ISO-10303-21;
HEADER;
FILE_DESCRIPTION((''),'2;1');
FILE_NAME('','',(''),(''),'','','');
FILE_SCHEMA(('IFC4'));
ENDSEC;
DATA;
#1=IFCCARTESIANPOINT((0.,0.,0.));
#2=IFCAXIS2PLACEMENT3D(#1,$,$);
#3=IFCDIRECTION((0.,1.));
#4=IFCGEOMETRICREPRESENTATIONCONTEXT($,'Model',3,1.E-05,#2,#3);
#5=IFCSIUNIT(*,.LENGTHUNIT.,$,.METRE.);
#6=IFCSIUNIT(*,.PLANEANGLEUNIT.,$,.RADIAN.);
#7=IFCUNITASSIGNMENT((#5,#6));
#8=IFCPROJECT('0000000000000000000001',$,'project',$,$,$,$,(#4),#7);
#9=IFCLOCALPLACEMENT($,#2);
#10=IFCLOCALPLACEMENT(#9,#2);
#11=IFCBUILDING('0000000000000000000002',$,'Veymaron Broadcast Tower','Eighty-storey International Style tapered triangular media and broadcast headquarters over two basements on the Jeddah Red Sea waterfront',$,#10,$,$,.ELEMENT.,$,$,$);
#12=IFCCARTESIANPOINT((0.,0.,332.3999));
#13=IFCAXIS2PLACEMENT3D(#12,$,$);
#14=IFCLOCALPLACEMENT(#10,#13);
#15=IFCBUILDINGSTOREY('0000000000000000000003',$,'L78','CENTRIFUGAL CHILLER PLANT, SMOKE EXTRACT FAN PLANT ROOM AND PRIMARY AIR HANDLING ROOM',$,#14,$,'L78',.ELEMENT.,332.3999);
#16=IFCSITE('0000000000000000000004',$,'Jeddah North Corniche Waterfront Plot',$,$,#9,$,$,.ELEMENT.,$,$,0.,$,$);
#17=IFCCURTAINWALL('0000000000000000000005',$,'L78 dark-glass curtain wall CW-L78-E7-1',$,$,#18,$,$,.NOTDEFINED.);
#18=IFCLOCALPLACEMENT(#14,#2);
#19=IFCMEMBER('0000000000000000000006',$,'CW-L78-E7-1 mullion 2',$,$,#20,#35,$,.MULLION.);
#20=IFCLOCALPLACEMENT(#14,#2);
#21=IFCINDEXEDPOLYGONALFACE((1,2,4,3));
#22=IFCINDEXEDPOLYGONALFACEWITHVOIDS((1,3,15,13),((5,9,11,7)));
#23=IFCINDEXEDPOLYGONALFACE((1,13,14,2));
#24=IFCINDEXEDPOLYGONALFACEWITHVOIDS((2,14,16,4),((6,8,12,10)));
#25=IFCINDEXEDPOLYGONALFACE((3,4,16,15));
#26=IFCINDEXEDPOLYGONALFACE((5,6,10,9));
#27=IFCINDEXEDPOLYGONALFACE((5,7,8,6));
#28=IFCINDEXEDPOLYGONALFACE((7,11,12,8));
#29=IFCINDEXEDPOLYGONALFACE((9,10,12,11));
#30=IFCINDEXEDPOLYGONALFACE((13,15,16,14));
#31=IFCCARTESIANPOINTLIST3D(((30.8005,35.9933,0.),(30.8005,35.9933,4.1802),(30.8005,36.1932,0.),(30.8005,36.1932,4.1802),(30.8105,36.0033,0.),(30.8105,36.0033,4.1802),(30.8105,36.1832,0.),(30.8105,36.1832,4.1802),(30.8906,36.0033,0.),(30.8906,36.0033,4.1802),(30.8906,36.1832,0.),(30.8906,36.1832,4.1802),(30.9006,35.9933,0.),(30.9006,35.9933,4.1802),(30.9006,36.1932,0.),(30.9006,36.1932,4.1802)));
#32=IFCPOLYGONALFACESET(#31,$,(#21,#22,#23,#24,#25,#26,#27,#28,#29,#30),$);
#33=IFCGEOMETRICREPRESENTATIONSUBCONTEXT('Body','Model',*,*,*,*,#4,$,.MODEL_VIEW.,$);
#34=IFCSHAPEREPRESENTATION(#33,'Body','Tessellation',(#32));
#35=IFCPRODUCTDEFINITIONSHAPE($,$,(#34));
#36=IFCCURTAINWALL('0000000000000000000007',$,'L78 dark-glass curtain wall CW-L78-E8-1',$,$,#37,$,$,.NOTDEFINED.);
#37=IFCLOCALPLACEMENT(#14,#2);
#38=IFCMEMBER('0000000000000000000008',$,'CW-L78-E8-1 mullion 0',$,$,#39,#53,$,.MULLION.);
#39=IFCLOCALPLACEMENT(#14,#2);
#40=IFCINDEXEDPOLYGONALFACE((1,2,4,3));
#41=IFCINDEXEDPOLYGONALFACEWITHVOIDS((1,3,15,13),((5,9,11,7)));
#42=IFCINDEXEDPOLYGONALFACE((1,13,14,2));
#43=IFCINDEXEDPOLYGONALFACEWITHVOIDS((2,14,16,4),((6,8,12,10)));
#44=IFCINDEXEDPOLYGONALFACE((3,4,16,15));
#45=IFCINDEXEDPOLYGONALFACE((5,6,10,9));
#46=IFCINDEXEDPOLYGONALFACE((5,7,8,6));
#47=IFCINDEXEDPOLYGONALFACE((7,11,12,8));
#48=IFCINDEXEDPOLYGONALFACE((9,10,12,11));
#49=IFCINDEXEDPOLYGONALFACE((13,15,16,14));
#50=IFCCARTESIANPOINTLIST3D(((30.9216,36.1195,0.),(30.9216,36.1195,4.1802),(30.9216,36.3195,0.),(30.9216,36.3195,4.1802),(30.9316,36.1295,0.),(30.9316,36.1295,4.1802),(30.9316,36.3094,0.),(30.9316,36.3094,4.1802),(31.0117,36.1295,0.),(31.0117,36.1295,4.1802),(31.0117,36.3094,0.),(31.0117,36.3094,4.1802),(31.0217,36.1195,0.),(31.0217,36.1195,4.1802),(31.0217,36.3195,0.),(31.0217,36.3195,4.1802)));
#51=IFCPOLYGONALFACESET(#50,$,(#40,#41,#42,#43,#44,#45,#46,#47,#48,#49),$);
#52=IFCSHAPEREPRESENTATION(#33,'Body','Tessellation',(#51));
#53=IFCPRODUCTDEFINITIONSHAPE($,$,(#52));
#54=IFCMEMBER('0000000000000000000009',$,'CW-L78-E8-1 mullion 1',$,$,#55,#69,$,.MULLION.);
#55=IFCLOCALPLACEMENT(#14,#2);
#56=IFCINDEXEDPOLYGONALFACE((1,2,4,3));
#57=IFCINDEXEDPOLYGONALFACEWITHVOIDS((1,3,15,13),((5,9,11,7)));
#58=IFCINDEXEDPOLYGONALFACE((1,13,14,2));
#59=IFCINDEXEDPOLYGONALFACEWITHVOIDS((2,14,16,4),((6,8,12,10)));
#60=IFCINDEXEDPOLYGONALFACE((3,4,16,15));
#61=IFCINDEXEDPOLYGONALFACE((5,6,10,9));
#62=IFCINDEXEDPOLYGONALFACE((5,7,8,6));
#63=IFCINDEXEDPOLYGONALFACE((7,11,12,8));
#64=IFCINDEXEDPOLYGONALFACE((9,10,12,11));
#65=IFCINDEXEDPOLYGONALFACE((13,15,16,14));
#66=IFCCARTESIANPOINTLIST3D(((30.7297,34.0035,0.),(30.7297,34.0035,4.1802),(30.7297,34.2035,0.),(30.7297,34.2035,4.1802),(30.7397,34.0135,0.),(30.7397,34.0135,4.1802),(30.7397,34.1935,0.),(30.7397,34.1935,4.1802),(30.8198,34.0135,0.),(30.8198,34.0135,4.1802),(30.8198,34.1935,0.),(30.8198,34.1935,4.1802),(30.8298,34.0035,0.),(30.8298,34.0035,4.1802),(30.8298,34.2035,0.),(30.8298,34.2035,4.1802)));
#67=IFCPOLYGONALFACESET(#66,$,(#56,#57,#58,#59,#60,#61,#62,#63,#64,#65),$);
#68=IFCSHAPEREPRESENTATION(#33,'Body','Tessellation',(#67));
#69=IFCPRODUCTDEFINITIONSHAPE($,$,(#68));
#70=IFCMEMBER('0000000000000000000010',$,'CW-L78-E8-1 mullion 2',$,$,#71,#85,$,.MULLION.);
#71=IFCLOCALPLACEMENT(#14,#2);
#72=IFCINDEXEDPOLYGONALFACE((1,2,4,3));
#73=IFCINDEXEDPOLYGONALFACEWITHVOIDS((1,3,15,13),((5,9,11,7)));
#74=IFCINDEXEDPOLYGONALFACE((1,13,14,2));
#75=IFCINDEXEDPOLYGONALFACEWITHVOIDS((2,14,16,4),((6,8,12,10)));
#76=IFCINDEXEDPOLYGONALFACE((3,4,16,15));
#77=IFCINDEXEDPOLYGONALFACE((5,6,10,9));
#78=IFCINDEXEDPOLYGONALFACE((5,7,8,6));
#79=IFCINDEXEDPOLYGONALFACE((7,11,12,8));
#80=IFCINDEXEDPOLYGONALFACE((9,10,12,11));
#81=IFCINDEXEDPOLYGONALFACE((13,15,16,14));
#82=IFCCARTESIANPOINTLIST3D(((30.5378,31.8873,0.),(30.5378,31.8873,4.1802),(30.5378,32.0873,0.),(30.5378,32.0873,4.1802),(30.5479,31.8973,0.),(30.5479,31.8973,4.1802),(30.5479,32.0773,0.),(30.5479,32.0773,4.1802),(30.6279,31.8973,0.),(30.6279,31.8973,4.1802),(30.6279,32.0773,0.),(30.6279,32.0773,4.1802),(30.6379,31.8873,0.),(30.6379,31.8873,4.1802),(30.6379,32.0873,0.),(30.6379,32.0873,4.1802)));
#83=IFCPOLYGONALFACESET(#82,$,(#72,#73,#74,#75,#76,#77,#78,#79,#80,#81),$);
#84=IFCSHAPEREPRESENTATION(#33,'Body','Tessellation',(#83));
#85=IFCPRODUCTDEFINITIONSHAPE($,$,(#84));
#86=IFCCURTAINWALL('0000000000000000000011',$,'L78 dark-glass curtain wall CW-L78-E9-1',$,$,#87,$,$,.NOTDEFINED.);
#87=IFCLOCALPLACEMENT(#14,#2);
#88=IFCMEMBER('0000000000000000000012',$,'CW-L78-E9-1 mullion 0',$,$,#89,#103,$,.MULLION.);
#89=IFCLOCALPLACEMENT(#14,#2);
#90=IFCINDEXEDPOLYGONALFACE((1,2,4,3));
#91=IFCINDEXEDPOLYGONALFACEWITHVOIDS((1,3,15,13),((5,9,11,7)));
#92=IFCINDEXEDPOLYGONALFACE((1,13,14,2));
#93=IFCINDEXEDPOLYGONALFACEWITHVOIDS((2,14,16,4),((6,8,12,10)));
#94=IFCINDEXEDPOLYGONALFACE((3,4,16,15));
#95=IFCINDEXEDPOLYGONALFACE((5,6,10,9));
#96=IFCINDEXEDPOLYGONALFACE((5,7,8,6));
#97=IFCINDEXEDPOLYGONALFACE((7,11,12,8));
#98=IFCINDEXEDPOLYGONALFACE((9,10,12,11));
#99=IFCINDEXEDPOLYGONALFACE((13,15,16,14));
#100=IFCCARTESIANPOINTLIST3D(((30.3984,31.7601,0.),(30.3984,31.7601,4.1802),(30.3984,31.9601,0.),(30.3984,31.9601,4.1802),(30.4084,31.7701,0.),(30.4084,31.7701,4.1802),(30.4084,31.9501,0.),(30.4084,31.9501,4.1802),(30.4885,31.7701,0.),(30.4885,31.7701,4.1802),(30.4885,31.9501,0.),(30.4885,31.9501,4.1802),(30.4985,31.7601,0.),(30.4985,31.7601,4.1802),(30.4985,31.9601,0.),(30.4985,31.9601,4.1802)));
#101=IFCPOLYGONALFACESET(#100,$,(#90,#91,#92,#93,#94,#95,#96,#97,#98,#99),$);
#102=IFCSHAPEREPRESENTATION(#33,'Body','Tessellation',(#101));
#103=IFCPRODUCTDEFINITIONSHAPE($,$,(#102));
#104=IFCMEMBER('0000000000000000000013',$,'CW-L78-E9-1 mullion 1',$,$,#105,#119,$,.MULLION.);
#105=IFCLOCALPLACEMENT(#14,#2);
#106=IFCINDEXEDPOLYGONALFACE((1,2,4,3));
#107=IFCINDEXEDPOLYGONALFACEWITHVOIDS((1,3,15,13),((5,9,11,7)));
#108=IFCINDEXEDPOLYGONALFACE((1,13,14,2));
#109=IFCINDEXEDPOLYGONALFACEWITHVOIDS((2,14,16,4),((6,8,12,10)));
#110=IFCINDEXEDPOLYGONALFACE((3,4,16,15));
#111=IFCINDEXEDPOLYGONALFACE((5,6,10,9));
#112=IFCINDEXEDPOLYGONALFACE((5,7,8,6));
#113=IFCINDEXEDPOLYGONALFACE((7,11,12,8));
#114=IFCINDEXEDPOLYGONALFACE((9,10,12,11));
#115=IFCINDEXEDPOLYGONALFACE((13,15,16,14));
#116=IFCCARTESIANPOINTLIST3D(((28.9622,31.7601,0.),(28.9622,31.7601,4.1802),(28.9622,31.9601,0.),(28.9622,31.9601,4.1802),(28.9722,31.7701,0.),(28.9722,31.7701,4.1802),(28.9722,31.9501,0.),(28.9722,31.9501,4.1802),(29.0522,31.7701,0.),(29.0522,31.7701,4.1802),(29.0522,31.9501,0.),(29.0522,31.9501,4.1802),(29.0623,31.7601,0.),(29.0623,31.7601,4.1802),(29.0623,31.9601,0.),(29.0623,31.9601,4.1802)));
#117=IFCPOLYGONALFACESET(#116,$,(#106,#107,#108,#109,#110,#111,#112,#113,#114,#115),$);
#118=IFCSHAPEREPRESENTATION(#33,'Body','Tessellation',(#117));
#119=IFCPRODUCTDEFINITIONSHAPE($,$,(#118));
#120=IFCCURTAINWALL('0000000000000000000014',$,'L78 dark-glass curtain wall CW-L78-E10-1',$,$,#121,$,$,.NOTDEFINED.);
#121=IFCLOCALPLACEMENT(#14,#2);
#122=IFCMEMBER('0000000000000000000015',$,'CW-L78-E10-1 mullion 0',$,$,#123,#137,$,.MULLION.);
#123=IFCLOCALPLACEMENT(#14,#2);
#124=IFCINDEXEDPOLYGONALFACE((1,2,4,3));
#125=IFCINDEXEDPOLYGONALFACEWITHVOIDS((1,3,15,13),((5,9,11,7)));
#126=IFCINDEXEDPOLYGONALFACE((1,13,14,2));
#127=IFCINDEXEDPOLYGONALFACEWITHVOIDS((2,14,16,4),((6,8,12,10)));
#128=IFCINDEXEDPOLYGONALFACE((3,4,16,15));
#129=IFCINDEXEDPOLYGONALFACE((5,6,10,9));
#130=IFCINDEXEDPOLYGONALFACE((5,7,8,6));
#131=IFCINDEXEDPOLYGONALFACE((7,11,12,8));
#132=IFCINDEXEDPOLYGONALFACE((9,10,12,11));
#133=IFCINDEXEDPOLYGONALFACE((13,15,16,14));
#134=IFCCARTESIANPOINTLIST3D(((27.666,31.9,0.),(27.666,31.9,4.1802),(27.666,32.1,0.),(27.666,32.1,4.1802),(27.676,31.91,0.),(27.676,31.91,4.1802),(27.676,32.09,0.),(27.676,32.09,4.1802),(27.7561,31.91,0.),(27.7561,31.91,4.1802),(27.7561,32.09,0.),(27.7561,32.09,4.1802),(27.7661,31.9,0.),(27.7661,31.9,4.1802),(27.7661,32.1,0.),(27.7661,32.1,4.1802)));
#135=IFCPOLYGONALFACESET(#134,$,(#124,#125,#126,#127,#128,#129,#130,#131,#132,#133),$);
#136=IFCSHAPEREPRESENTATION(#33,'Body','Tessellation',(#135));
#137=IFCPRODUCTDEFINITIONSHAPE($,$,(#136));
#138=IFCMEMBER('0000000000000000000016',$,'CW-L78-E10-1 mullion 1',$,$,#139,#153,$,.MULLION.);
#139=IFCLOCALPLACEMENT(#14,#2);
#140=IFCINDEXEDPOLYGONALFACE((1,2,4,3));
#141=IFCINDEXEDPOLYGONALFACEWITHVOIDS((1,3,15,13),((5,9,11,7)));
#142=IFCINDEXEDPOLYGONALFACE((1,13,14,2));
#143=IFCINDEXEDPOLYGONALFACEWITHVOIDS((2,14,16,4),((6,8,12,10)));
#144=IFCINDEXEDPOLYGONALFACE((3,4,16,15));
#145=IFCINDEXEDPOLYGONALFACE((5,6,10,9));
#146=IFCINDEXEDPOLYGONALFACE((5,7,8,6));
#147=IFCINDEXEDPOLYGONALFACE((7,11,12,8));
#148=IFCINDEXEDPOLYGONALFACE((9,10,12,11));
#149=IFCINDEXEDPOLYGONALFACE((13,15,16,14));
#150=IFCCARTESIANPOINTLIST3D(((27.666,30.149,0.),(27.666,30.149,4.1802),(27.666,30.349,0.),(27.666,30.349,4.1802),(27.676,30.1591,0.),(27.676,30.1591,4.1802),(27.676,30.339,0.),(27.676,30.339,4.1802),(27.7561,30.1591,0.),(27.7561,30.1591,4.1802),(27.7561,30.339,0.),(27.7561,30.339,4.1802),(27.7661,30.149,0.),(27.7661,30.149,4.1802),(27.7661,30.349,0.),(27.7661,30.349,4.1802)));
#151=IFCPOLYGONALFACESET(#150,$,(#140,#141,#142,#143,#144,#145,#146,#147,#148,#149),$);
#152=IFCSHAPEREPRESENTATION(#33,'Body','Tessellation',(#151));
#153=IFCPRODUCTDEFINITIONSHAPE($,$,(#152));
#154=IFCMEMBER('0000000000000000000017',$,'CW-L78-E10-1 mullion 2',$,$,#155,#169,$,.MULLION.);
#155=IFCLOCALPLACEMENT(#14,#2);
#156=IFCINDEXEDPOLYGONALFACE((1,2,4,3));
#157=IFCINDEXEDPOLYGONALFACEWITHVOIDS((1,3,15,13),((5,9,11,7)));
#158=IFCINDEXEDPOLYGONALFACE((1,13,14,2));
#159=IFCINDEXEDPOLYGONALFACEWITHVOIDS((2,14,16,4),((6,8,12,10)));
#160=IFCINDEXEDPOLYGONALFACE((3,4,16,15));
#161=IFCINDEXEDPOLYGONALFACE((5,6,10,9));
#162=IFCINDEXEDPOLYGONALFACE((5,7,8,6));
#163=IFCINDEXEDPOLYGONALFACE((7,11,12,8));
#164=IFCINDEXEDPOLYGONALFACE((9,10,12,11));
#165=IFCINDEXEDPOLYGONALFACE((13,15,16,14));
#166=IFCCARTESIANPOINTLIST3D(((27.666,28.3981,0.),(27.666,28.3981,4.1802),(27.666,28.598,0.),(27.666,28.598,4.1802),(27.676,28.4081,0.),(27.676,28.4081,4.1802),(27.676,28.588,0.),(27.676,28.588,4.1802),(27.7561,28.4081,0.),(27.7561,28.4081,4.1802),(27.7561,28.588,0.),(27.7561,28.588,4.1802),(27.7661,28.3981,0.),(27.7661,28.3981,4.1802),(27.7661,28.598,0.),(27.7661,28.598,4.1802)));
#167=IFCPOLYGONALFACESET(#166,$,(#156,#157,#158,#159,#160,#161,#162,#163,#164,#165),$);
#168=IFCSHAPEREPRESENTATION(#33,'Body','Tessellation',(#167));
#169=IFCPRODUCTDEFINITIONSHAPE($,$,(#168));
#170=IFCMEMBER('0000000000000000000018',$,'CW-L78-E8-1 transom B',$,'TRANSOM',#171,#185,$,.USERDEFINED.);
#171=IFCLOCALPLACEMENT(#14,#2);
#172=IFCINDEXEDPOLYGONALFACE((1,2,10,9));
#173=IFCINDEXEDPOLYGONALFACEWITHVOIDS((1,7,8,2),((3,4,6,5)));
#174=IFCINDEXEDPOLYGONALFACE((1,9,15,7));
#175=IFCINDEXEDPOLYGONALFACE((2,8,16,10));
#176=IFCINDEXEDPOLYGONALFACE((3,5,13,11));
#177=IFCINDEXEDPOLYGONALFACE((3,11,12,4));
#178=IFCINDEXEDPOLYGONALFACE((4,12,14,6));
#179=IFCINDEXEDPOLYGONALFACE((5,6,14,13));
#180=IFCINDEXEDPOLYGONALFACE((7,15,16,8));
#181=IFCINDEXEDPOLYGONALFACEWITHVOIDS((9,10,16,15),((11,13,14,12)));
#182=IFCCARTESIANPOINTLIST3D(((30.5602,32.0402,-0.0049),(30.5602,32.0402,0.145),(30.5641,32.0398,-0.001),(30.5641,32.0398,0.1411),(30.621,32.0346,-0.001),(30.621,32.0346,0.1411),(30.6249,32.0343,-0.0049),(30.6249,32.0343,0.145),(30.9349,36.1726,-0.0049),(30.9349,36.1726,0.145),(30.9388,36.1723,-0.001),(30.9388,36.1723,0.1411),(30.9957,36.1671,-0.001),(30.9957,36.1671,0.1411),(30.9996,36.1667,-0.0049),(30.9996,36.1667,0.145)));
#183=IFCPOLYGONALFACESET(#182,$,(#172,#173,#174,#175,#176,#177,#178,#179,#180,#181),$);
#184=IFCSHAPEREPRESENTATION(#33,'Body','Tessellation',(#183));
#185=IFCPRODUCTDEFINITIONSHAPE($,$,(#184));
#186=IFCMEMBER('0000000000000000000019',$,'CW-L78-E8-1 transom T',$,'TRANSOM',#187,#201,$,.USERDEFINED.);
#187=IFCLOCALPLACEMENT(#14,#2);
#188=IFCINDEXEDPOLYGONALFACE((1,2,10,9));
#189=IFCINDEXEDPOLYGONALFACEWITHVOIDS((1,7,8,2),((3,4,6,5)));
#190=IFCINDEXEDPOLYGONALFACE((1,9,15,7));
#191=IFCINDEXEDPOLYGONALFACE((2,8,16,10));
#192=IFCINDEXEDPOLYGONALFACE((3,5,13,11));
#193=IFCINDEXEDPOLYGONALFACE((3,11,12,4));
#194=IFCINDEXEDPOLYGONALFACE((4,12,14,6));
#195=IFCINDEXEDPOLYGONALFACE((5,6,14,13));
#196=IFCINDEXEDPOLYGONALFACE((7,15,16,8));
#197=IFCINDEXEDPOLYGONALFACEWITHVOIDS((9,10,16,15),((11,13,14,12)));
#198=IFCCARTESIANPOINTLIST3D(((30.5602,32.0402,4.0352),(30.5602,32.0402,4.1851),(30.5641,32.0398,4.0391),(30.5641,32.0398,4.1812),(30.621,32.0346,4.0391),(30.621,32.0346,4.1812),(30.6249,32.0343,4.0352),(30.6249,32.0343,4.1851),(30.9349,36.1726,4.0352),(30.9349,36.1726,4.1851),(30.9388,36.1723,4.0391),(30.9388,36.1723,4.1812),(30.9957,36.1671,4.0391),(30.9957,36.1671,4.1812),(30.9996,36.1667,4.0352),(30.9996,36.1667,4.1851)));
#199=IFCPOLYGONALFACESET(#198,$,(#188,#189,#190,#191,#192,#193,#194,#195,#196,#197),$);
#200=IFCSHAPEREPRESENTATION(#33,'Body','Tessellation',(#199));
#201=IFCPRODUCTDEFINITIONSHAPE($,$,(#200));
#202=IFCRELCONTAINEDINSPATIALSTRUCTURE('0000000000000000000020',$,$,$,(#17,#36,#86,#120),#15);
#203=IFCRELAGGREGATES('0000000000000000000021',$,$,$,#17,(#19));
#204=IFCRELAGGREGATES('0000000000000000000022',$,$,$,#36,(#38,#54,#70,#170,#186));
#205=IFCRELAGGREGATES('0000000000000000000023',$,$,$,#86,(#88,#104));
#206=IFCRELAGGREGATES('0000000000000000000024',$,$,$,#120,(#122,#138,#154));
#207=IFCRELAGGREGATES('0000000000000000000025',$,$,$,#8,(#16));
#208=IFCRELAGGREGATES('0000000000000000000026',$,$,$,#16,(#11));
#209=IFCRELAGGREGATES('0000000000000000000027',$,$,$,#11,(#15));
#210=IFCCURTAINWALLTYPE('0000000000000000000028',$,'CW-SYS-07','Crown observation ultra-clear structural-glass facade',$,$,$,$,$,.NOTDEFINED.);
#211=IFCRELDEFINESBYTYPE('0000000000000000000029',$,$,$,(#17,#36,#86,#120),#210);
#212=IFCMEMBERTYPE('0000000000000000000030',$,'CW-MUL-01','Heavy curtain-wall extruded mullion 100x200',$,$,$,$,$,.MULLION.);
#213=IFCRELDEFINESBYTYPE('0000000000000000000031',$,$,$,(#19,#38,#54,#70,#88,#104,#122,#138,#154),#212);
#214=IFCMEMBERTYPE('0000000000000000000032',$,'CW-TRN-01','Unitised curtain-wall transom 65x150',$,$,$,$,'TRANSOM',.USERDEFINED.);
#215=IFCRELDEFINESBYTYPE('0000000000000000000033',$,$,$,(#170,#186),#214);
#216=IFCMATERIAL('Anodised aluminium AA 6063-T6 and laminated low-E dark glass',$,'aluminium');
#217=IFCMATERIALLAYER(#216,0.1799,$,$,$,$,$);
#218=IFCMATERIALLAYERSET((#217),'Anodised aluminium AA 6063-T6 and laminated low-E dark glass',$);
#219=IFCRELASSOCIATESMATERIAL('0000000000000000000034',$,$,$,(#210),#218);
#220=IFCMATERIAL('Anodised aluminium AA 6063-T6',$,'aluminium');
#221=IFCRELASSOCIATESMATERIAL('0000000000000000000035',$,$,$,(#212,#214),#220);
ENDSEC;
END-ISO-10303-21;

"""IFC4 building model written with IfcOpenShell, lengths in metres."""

from ifc_helpers import new_model, si_unit, direction, frame, origin, origin_2d, place, context, subcontext, project, spatial, hollow_rectangle, extrude, material, layer, layer_set, material_profile, profile_set, type_object, element, aggregate, save


model = new_model("IFC4")

# Units and contexts
model_context = context("Model", 3, precision=1e-05, world=origin(), true_north=direction((0.0, 1.0)))
body_context = subcontext(model_context, "Body", "Model", "MODEL_VIEW")
ifc_project = project(units=[si_unit("LENGTHUNIT", "METRE"), si_unit("PLANEANGLEUNIT", "RADIAN")], contexts=[model_context])

# Site, building, storey
site_placement = place(None, origin())
site = spatial("IfcSite", under=ifc_project, at=site_placement, Name="Jeddah North Corniche Waterfront Plot", CompositionType="ELEMENT", RefElevation=0.0)
building_placement = place(site_placement, origin())
building = spatial("IfcBuilding", under=site, at=building_placement, Name="Veymaron Broadcast Tower", Description="Eighty-storey International Style tapered triangular media and broadcast headquarters over two basements on the Jeddah Red Sea waterfront", CompositionType="ELEMENT")
storey_placement = place(building_placement, frame((0.0, 0.0, 332.3999)))
storey = spatial("IfcBuildingStorey", under=building, at=storey_placement, Name="L78", Description="CENTRIFUGAL CHILLER PLANT, SMOKE EXTRACT FAN PLANT ROOM AND PRIMARY AIR HANDLING ROOM", LongName="L78", CompositionType="ELEMENT", Elevation=332.3999)

# Curtain wall, member
ifc_material_1 = material(Name="Anodised aluminium AA 6063-T6 and laminated low-E dark glass", Category="aluminium")
ifc_layer_1 = layer(ifc_material_1, 0.1799)
ifc_layer_set_1 = layer_set([ifc_layer_1], Name="Anodised aluminium AA 6063-T6 and laminated low-E dark glass")
curtain_wall_type = type_object("IfcCurtainWallType", Name="CW-SYS-07", Description="Crown observation ultra-clear structural-glass facade", PredefinedType="NOTDEFINED", material=ifc_layer_set_1)
curtain_wall_1_placement = place(storey_placement, origin())
curtain_wall_1 = element("IfcCurtainWall", 1, at=curtain_wall_1_placement, inside=storey, type_object=curtain_wall_type, Name="L78 dark-glass curtain wall CW-L78-E7-1", PredefinedType="NOTDEFINED")
ifc_material_2 = material(Name="Anodised aluminium AA 6063-T6", Category="aluminium")
ifc_material_profile_1 = material_profile(ifc_material_2, hollow_rectangle(XDim=0.1001, YDim=0.2, WallThickness=0.01, at=origin_2d()), Name="RHS200X100X10")
ifc_profile_set_1 = profile_set([ifc_material_profile_1], Name="Anodised aluminium AA 6063-T6")
member_type_1 = type_object("IfcMemberType", Name="CW-MUL-01", Description="Heavy curtain-wall extruded mullion 100x200", PredefinedType="MULLION", material=ifc_profile_set_1)
member_1_placement = place(storey_placement, frame((30.8506, 36.0933, 0.0), z_axis=(0.0, 0.0, 1.0), x_axis=(1.0, 0.0, 0.0)))
member_1 = element("IfcMember", 2, at=member_1_placement, type_object=member_type_1, Name="CW-L78-E7-1 mullion 2", PredefinedType="MULLION", context=body_context, shape_type="SweptSolid", body=[
    extrude(hollow_rectangle(XDim=0.1001, YDim=0.2, WallThickness=0.01, at=origin_2d()), origin(), (0.0, 0.0, 1.0), 4.1802),
])
aggregate(curtain_wall_1, [member_1])

# Curtain walls, members
curtain_wall_2_placement = place(storey_placement, origin())
curtain_wall_2 = element("IfcCurtainWall", 3, at=curtain_wall_2_placement, inside=storey, type_object=curtain_wall_type, Name="L78 dark-glass curtain wall CW-L78-E8-1", PredefinedType="NOTDEFINED")
member_2_placement = place(storey_placement, frame((30.9717, 36.2195, 0.0), z_axis=(0.0, 0.0, 1.0), x_axis=(1.0, 0.0, 0.0)))
member_2 = element("IfcMember", 4, at=member_2_placement, type_object=member_type_1, Name="CW-L78-E8-1 mullion 0", PredefinedType="MULLION", context=body_context, shape_type="SweptSolid", body=[
    extrude(hollow_rectangle(XDim=0.1001, YDim=0.2, WallThickness=0.01, at=origin_2d()), origin(), (0.0, 0.0, 1.0), 4.1802),
])
member_3_placement = place(storey_placement, frame((30.7798, 34.1035, 0.0), z_axis=(0.0, 0.0, 1.0), x_axis=(1.0, 0.0, 0.0)))
member_3 = element("IfcMember", 5, at=member_3_placement, type_object=member_type_1, Name="CW-L78-E8-1 mullion 1", PredefinedType="MULLION", context=body_context, shape_type="SweptSolid", body=[
    extrude(hollow_rectangle(XDim=0.1001, YDim=0.2, WallThickness=0.01, at=origin_2d()), origin(), (0.0, 0.0, 1.0), 4.1802),
])
member_4_placement = place(storey_placement, frame((30.5879, 31.9873, 0.0), z_axis=(0.0, 0.0, 1.0), x_axis=(1.0, 0.0, 0.0)))
member_4 = element("IfcMember", 6, at=member_4_placement, type_object=member_type_1, Name="CW-L78-E8-1 mullion 2", PredefinedType="MULLION", context=body_context, shape_type="SweptSolid", body=[
    extrude(hollow_rectangle(XDim=0.1001, YDim=0.2, WallThickness=0.01, at=origin_2d()), origin(), (0.0, 0.0, 1.0), 4.1802),
])
curtain_wall_3_placement = place(storey_placement, origin())
curtain_wall_3 = element("IfcCurtainWall", 7, at=curtain_wall_3_placement, inside=storey, type_object=curtain_wall_type, Name="L78 dark-glass curtain wall CW-L78-E9-1", PredefinedType="NOTDEFINED")
member_5_placement = place(storey_placement, frame((30.4485, 31.8601, 0.0), z_axis=(0.0, 0.0, 1.0), x_axis=(1.0, 0.0, 0.0)))
member_5 = element("IfcMember", 8, at=member_5_placement, type_object=member_type_1, Name="CW-L78-E9-1 mullion 0", PredefinedType="MULLION", context=body_context, shape_type="SweptSolid", body=[
    extrude(hollow_rectangle(XDim=0.1001, YDim=0.2, WallThickness=0.01, at=origin_2d()), origin(), (0.0, 0.0, 1.0), 4.1802),
])
member_6_placement = place(storey_placement, frame((29.0122, 31.8601, 0.0), z_axis=(0.0, 0.0, 1.0), x_axis=(1.0, 0.0, 0.0)))
member_6 = element("IfcMember", 9, at=member_6_placement, type_object=member_type_1, Name="CW-L78-E9-1 mullion 1", PredefinedType="MULLION", context=body_context, shape_type="SweptSolid", body=[
    extrude(hollow_rectangle(XDim=0.1001, YDim=0.2, WallThickness=0.01, at=origin_2d()), origin(), (0.0, 0.0, 1.0), 4.1802),
])
curtain_wall_4_placement = place(storey_placement, origin())
curtain_wall_4 = element("IfcCurtainWall", 10, at=curtain_wall_4_placement, inside=storey, type_object=curtain_wall_type, Name="L78 dark-glass curtain wall CW-L78-E10-1", PredefinedType="NOTDEFINED")
member_7_placement = place(storey_placement, frame((27.7161, 32.0, 0.0), z_axis=(0.0, 0.0, 1.0), x_axis=(1.0, 0.0, 0.0)))
member_7 = element("IfcMember", 11, at=member_7_placement, type_object=member_type_1, Name="CW-L78-E10-1 mullion 0", PredefinedType="MULLION", context=body_context, shape_type="SweptSolid", body=[
    extrude(hollow_rectangle(XDim=0.1001, YDim=0.2, WallThickness=0.01, at=origin_2d()), origin(), (0.0, 0.0, 1.0), 4.1802),
])
member_8_placement = place(storey_placement, frame((27.7161, 30.249, 0.0), z_axis=(0.0, 0.0, 1.0), x_axis=(1.0, 0.0, 0.0)))
member_8 = element("IfcMember", 12, at=member_8_placement, type_object=member_type_1, Name="CW-L78-E10-1 mullion 1", PredefinedType="MULLION", context=body_context, shape_type="SweptSolid", body=[
    extrude(hollow_rectangle(XDim=0.1001, YDim=0.2, WallThickness=0.01, at=origin_2d()), origin(), (0.0, 0.0, 1.0), 4.1802),
])
member_9_placement = place(storey_placement, frame((27.7161, 28.498, 0.0), z_axis=(0.0, 0.0, 1.0), x_axis=(1.0, 0.0, 0.0)))
member_9 = element("IfcMember", 13, at=member_9_placement, type_object=member_type_1, Name="CW-L78-E10-1 mullion 2", PredefinedType="MULLION", context=body_context, shape_type="SweptSolid", body=[
    extrude(hollow_rectangle(XDim=0.1001, YDim=0.2, WallThickness=0.01, at=origin_2d()), origin(), (0.0, 0.0, 1.0), 4.1802),
])

# Members
ifc_material_profile_2 = material_profile(ifc_material_2, hollow_rectangle(XDim=0.0649, YDim=0.1499, WallThickness=0.0039, at=origin_2d()), Name="AL150X65X4")
ifc_profile_set_2 = profile_set([ifc_material_profile_2], Name="Anodised aluminium AA 6063-T6")
member_type_2 = type_object("IfcMemberType", Name="CW-TRN-01", Description="Unitised curtain-wall transom 65x150", ElementType="TRANSOM", PredefinedType="USERDEFINED", material=ifc_profile_set_2)
member_10_placement = place(storey_placement, frame((30.9673, 36.1697, 0.0701), z_axis=(-0.090313, -0.995913, 0.0), x_axis=(0.995913, -0.090313, 0.0)))
member_10 = element("IfcMember", 14, at=member_10_placement, type_object=member_type_2, Name="CW-L78-E8-1 transom B", ObjectType="TRANSOM", PredefinedType="USERDEFINED", context=body_context, shape_type="SweptSolid", body=[
    extrude(hollow_rectangle(XDim=0.0649, YDim=0.1499, WallThickness=0.0039, at=origin_2d()), origin(), (0.0, 0.0, 1.0), 4.1494),
])
member_11_placement = place(storey_placement, frame((30.9673, 36.1697, 4.1101), z_axis=(-0.090313, -0.995913, 0.0), x_axis=(0.995913, -0.090313, 0.0)))
member_11 = element("IfcMember", 15, at=member_11_placement, type_object=member_type_2, Name="CW-L78-E8-1 transom T", ObjectType="TRANSOM", PredefinedType="USERDEFINED", context=body_context, shape_type="SweptSolid", body=[
    extrude(hollow_rectangle(XDim=0.0649, YDim=0.1499, WallThickness=0.0039, at=origin_2d()), origin(), (0.0, 0.0, 1.0), 4.1494),
])

aggregate(curtain_wall_2, [member_2, member_3, member_4, member_10, member_11])
aggregate(curtain_wall_3, [member_5, member_6])
aggregate(curtain_wall_4, [member_7, member_8, member_9])

save(model, "model.ifc")
